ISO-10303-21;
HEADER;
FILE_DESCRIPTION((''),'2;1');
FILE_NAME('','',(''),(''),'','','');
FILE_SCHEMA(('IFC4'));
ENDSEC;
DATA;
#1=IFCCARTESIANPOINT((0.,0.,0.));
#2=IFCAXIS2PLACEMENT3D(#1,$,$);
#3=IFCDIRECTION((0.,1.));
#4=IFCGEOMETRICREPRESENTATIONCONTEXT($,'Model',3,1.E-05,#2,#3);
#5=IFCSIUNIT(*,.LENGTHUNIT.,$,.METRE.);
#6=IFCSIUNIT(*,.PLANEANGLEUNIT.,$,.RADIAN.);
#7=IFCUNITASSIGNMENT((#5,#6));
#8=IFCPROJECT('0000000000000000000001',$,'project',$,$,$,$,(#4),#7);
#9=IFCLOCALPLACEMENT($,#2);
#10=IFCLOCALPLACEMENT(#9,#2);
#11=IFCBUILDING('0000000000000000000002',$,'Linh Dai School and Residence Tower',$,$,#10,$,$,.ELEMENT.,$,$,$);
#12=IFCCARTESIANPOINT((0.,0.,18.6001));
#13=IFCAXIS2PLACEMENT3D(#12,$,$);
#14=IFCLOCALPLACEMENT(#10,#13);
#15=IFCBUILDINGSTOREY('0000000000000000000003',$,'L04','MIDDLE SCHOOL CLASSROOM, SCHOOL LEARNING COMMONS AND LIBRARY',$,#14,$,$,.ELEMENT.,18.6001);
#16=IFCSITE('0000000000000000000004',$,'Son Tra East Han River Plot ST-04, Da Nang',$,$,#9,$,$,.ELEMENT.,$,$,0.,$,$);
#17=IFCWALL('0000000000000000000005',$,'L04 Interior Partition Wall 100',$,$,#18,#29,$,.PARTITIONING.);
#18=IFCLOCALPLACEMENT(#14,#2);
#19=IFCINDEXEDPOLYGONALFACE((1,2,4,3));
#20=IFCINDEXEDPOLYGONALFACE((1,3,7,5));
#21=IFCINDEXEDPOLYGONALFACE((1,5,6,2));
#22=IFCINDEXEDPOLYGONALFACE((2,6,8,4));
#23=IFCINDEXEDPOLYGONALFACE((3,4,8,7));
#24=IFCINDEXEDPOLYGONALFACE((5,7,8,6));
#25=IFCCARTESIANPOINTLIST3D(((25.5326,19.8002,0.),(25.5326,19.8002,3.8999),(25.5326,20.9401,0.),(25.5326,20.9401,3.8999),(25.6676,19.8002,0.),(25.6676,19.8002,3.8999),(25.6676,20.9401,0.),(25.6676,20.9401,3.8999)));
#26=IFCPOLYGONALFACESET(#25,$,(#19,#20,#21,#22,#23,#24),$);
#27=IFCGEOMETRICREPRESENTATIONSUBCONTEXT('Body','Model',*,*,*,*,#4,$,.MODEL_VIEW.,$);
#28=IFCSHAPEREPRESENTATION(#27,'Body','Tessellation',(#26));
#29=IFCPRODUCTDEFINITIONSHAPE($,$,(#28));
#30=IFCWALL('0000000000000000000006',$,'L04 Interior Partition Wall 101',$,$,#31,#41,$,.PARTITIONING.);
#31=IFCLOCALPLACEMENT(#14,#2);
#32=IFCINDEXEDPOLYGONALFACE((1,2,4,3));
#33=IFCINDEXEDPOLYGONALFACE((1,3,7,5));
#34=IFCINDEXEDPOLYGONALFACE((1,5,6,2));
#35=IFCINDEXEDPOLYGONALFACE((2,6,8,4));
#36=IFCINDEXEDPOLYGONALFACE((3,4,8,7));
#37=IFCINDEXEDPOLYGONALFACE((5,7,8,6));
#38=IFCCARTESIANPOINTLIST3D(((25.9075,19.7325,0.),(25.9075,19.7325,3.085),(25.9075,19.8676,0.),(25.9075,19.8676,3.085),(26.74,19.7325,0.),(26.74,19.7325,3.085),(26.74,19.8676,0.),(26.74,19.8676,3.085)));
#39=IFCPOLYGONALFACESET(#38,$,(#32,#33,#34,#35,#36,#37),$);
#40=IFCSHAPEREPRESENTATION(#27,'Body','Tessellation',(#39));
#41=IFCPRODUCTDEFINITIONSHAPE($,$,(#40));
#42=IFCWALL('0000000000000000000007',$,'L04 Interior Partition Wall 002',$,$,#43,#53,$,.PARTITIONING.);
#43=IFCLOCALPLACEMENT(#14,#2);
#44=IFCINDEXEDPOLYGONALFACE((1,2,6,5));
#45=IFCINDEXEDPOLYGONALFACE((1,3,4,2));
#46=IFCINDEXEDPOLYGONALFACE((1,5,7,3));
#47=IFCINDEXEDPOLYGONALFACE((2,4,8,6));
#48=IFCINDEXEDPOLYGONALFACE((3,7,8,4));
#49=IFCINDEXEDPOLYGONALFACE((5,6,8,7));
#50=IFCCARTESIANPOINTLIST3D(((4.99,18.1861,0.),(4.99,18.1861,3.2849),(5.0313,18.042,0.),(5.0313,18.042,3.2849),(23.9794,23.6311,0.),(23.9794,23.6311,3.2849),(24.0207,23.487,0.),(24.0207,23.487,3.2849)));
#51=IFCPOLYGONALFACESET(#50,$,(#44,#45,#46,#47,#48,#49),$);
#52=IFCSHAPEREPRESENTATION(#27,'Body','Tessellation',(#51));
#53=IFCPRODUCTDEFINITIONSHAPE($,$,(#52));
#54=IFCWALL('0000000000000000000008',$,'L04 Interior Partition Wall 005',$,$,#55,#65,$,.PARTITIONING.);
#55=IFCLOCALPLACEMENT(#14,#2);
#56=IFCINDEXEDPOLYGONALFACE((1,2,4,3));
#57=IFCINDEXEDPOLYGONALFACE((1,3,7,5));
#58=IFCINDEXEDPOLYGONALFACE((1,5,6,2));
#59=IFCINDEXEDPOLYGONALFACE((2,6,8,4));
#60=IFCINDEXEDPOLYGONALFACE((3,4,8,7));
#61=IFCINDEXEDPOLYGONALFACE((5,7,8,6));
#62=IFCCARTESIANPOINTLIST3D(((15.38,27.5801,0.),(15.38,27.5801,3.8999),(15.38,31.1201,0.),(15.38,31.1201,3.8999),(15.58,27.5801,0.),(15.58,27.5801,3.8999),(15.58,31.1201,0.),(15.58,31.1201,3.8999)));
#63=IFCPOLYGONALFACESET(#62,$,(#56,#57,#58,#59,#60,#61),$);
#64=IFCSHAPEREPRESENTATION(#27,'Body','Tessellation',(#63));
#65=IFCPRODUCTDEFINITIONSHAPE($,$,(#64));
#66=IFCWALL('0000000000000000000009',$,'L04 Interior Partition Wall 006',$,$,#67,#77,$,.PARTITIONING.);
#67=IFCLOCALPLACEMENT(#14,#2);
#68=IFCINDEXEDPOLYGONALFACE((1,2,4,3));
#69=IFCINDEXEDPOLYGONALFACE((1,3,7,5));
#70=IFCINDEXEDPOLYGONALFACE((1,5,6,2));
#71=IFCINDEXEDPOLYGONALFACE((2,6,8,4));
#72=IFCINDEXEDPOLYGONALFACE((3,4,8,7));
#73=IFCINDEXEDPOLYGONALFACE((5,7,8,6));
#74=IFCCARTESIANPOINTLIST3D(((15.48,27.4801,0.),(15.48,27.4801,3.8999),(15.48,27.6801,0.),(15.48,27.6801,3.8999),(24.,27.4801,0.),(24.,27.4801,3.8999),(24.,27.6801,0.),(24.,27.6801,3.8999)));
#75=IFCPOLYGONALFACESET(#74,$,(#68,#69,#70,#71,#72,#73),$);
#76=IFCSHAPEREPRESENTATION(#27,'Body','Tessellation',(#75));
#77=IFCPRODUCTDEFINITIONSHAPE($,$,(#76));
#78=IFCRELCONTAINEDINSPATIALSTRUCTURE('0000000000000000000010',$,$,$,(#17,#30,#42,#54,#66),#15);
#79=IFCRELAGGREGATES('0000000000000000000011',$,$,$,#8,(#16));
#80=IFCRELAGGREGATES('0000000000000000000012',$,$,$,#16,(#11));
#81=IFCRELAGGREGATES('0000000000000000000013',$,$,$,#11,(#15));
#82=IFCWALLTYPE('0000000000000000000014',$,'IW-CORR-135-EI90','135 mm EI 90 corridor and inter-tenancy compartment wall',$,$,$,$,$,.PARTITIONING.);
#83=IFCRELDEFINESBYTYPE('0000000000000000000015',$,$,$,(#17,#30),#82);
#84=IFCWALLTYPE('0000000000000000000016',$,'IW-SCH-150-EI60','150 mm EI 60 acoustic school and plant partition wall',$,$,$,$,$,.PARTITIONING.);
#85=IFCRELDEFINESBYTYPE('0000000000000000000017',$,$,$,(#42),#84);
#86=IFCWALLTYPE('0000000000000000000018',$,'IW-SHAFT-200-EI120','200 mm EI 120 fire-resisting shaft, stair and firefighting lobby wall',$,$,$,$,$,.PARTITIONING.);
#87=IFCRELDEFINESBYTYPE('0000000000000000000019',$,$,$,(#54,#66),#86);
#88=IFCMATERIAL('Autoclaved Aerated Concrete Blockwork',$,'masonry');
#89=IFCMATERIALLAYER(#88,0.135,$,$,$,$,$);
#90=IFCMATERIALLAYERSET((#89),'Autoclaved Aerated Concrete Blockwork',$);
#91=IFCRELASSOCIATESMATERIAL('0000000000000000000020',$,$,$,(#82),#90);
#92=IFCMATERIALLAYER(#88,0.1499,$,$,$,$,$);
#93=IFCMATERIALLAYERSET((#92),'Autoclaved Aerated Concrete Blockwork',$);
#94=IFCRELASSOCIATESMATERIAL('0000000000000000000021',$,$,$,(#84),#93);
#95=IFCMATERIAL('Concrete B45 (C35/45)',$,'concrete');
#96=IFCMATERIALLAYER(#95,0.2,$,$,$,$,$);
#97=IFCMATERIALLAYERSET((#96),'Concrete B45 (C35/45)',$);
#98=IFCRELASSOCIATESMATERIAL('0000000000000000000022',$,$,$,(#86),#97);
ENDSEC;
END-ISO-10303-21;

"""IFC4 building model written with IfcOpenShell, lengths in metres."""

from ifc_helpers import new_model, si_unit, direction, frame, frame_2d, origin, place, context, subcontext, project, spatial, rectangle, extrude, material, layer, layer_set, type_object, element, save


model = new_model("IFC4")

# Units and contexts
model_context = context("Model", 3, precision=1e-05, world=origin(), true_north=direction((0.0, 1.0)))
body_context = subcontext(model_context, "Body", "Model", "MODEL_VIEW")
ifc_project = project(units=[si_unit("LENGTHUNIT", "METRE"), si_unit("PLANEANGLEUNIT", "RADIAN")], contexts=[model_context])

# Site, building, storey
site_placement = place(None, origin())
site = spatial("IfcSite", under=ifc_project, at=site_placement, Name="Son Tra East Han River Plot ST-04, Da Nang", CompositionType="ELEMENT", RefElevation=0.0)
building_placement = place(site_placement, origin())
building = spatial("IfcBuilding", under=site, at=building_placement, Name="Linh Dai School and Residence Tower", CompositionType="ELEMENT")
storey_placement = place(building_placement, frame((0.0, 0.0, 18.6001)))
storey = spatial("IfcBuildingStorey", under=building, at=storey_placement, Name="L04", Description="MIDDLE SCHOOL CLASSROOM, SCHOOL LEARNING COMMONS AND LIBRARY", CompositionType="ELEMENT", Elevation=18.6001)

# Shared definitions
ifc_material_1 = material(Name="Autoclaved Aerated Concrete Blockwork", Category="masonry")
ifc_layer_1 = layer(ifc_material_1, 0.135)
ifc_layer_set_1 = layer_set([ifc_layer_1], Name="Autoclaved Aerated Concrete Blockwork")
wall_type_1 = type_object("IfcWallType", Name="IW-CORR-135-EI90", Description="135 mm EI 90 corridor and inter-tenancy compartment wall", PredefinedType="PARTITIONING", material=ifc_layer_set_1)

# Walls
wall_1_placement = place(storey_placement, frame((25.6001, 20.9399, 0.0), z_axis=(0.0, 0.0, 1.0), x_axis=(0.0, -1.0, 0.0)))
element("IfcWall", 1, at=wall_1_placement, inside=storey, type_object=wall_type_1, Name="L04 Interior Partition Wall 100", PredefinedType="PARTITIONING", context=body_context, shape_type="SweptSolid", body=[
    extrude(rectangle(XDim=1.1399, YDim=0.135, at=frame_2d((0.5698, 0.0))), origin(), (0.0, 0.0, 1.0), 3.8999),
])
wall_2_placement = place(storey_placement, frame((25.9075, 19.8, 0.0), z_axis=(0.0, 0.0, 1.0), x_axis=(1.0, 0.0, 0.0)))
element("IfcWall", 2, at=wall_2_placement, inside=storey, type_object=wall_type_1, Name="L04 Interior Partition Wall 101", PredefinedType="PARTITIONING", context=body_context, shape_type="SweptSolid", body=[
    extrude(rectangle(XDim=0.8325, YDim=0.135, at=frame_2d((0.4163, 0.0))), origin(), (0.0, 0.0, 1.0), 3.085),
])
ifc_layer_2 = layer(ifc_material_1, 0.1499)
ifc_layer_set_2 = layer_set([ifc_layer_2], Name="Autoclaved Aerated Concrete Blockwork")
wall_type_2 = type_object("IfcWallType", Name="IW-SCH-150-EI60", Description="150 mm EI 60 acoustic school and plant partition wall", PredefinedType="PARTITIONING", material=ifc_layer_set_2)
wall_3_placement = place(storey_placement, frame((5.0105, 18.114, 0.0), z_axis=(0.0, 0.0, 1.0), x_axis=(0.961263, 0.275633, 0.0)))
element("IfcWall", 3, at=wall_3_placement, inside=storey, type_object=wall_type_2, Name="L04 Interior Partition Wall 002", PredefinedType="PARTITIONING", context=body_context, shape_type="SweptSolid", body=[
    extrude(rectangle(XDim=19.7546, YDim=0.1499, at=frame_2d((9.8774, 0.0))), origin(), (0.0, 0.0, 1.0), 3.2849),
])
ifc_material_2 = material(Name="Concrete B45 (C35/45)", Category="concrete")
ifc_layer_3 = layer(ifc_material_2, 0.2)
ifc_layer_set_3 = layer_set([ifc_layer_3], Name="Concrete B45 (C35/45)")
wall_type_3 = type_object("IfcWallType", Name="IW-SHAFT-200-EI120", Description="200 mm EI 120 fire-resisting shaft, stair and firefighting lobby wall", PredefinedType="PARTITIONING", material=ifc_layer_set_3)
wall_4_placement = place(storey_placement, frame((15.48, 27.5801, 0.0), z_axis=(0.0, 0.0, 1.0), x_axis=(0.0, 1.0, 0.0)))
element("IfcWall", 4, at=wall_4_placement, inside=storey, type_object=wall_type_3, Name="L04 Interior Partition Wall 005", PredefinedType="PARTITIONING", context=body_context, shape_type="SweptSolid", body=[
    extrude(rectangle(XDim=3.54, YDim=0.2, at=frame_2d((1.77, 0.0))), origin(), (0.0, 0.0, 1.0), 3.8999),
])
wall_5_placement = place(storey_placement, frame((15.48, 27.5801, 0.0), z_axis=(0.0, 0.0, 1.0), x_axis=(1.0, 0.0, 0.0)))
element("IfcWall", 5, at=wall_5_placement, inside=storey, type_object=wall_type_3, Name="L04 Interior Partition Wall 006", PredefinedType="PARTITIONING", context=body_context, shape_type="SweptSolid", body=[
    extrude(rectangle(XDim=8.52, YDim=0.2, at=frame_2d((4.26, 0.0))), origin(), (0.0, 0.0, 1.0), 3.8999),
])

save(model, "model.ifc")
